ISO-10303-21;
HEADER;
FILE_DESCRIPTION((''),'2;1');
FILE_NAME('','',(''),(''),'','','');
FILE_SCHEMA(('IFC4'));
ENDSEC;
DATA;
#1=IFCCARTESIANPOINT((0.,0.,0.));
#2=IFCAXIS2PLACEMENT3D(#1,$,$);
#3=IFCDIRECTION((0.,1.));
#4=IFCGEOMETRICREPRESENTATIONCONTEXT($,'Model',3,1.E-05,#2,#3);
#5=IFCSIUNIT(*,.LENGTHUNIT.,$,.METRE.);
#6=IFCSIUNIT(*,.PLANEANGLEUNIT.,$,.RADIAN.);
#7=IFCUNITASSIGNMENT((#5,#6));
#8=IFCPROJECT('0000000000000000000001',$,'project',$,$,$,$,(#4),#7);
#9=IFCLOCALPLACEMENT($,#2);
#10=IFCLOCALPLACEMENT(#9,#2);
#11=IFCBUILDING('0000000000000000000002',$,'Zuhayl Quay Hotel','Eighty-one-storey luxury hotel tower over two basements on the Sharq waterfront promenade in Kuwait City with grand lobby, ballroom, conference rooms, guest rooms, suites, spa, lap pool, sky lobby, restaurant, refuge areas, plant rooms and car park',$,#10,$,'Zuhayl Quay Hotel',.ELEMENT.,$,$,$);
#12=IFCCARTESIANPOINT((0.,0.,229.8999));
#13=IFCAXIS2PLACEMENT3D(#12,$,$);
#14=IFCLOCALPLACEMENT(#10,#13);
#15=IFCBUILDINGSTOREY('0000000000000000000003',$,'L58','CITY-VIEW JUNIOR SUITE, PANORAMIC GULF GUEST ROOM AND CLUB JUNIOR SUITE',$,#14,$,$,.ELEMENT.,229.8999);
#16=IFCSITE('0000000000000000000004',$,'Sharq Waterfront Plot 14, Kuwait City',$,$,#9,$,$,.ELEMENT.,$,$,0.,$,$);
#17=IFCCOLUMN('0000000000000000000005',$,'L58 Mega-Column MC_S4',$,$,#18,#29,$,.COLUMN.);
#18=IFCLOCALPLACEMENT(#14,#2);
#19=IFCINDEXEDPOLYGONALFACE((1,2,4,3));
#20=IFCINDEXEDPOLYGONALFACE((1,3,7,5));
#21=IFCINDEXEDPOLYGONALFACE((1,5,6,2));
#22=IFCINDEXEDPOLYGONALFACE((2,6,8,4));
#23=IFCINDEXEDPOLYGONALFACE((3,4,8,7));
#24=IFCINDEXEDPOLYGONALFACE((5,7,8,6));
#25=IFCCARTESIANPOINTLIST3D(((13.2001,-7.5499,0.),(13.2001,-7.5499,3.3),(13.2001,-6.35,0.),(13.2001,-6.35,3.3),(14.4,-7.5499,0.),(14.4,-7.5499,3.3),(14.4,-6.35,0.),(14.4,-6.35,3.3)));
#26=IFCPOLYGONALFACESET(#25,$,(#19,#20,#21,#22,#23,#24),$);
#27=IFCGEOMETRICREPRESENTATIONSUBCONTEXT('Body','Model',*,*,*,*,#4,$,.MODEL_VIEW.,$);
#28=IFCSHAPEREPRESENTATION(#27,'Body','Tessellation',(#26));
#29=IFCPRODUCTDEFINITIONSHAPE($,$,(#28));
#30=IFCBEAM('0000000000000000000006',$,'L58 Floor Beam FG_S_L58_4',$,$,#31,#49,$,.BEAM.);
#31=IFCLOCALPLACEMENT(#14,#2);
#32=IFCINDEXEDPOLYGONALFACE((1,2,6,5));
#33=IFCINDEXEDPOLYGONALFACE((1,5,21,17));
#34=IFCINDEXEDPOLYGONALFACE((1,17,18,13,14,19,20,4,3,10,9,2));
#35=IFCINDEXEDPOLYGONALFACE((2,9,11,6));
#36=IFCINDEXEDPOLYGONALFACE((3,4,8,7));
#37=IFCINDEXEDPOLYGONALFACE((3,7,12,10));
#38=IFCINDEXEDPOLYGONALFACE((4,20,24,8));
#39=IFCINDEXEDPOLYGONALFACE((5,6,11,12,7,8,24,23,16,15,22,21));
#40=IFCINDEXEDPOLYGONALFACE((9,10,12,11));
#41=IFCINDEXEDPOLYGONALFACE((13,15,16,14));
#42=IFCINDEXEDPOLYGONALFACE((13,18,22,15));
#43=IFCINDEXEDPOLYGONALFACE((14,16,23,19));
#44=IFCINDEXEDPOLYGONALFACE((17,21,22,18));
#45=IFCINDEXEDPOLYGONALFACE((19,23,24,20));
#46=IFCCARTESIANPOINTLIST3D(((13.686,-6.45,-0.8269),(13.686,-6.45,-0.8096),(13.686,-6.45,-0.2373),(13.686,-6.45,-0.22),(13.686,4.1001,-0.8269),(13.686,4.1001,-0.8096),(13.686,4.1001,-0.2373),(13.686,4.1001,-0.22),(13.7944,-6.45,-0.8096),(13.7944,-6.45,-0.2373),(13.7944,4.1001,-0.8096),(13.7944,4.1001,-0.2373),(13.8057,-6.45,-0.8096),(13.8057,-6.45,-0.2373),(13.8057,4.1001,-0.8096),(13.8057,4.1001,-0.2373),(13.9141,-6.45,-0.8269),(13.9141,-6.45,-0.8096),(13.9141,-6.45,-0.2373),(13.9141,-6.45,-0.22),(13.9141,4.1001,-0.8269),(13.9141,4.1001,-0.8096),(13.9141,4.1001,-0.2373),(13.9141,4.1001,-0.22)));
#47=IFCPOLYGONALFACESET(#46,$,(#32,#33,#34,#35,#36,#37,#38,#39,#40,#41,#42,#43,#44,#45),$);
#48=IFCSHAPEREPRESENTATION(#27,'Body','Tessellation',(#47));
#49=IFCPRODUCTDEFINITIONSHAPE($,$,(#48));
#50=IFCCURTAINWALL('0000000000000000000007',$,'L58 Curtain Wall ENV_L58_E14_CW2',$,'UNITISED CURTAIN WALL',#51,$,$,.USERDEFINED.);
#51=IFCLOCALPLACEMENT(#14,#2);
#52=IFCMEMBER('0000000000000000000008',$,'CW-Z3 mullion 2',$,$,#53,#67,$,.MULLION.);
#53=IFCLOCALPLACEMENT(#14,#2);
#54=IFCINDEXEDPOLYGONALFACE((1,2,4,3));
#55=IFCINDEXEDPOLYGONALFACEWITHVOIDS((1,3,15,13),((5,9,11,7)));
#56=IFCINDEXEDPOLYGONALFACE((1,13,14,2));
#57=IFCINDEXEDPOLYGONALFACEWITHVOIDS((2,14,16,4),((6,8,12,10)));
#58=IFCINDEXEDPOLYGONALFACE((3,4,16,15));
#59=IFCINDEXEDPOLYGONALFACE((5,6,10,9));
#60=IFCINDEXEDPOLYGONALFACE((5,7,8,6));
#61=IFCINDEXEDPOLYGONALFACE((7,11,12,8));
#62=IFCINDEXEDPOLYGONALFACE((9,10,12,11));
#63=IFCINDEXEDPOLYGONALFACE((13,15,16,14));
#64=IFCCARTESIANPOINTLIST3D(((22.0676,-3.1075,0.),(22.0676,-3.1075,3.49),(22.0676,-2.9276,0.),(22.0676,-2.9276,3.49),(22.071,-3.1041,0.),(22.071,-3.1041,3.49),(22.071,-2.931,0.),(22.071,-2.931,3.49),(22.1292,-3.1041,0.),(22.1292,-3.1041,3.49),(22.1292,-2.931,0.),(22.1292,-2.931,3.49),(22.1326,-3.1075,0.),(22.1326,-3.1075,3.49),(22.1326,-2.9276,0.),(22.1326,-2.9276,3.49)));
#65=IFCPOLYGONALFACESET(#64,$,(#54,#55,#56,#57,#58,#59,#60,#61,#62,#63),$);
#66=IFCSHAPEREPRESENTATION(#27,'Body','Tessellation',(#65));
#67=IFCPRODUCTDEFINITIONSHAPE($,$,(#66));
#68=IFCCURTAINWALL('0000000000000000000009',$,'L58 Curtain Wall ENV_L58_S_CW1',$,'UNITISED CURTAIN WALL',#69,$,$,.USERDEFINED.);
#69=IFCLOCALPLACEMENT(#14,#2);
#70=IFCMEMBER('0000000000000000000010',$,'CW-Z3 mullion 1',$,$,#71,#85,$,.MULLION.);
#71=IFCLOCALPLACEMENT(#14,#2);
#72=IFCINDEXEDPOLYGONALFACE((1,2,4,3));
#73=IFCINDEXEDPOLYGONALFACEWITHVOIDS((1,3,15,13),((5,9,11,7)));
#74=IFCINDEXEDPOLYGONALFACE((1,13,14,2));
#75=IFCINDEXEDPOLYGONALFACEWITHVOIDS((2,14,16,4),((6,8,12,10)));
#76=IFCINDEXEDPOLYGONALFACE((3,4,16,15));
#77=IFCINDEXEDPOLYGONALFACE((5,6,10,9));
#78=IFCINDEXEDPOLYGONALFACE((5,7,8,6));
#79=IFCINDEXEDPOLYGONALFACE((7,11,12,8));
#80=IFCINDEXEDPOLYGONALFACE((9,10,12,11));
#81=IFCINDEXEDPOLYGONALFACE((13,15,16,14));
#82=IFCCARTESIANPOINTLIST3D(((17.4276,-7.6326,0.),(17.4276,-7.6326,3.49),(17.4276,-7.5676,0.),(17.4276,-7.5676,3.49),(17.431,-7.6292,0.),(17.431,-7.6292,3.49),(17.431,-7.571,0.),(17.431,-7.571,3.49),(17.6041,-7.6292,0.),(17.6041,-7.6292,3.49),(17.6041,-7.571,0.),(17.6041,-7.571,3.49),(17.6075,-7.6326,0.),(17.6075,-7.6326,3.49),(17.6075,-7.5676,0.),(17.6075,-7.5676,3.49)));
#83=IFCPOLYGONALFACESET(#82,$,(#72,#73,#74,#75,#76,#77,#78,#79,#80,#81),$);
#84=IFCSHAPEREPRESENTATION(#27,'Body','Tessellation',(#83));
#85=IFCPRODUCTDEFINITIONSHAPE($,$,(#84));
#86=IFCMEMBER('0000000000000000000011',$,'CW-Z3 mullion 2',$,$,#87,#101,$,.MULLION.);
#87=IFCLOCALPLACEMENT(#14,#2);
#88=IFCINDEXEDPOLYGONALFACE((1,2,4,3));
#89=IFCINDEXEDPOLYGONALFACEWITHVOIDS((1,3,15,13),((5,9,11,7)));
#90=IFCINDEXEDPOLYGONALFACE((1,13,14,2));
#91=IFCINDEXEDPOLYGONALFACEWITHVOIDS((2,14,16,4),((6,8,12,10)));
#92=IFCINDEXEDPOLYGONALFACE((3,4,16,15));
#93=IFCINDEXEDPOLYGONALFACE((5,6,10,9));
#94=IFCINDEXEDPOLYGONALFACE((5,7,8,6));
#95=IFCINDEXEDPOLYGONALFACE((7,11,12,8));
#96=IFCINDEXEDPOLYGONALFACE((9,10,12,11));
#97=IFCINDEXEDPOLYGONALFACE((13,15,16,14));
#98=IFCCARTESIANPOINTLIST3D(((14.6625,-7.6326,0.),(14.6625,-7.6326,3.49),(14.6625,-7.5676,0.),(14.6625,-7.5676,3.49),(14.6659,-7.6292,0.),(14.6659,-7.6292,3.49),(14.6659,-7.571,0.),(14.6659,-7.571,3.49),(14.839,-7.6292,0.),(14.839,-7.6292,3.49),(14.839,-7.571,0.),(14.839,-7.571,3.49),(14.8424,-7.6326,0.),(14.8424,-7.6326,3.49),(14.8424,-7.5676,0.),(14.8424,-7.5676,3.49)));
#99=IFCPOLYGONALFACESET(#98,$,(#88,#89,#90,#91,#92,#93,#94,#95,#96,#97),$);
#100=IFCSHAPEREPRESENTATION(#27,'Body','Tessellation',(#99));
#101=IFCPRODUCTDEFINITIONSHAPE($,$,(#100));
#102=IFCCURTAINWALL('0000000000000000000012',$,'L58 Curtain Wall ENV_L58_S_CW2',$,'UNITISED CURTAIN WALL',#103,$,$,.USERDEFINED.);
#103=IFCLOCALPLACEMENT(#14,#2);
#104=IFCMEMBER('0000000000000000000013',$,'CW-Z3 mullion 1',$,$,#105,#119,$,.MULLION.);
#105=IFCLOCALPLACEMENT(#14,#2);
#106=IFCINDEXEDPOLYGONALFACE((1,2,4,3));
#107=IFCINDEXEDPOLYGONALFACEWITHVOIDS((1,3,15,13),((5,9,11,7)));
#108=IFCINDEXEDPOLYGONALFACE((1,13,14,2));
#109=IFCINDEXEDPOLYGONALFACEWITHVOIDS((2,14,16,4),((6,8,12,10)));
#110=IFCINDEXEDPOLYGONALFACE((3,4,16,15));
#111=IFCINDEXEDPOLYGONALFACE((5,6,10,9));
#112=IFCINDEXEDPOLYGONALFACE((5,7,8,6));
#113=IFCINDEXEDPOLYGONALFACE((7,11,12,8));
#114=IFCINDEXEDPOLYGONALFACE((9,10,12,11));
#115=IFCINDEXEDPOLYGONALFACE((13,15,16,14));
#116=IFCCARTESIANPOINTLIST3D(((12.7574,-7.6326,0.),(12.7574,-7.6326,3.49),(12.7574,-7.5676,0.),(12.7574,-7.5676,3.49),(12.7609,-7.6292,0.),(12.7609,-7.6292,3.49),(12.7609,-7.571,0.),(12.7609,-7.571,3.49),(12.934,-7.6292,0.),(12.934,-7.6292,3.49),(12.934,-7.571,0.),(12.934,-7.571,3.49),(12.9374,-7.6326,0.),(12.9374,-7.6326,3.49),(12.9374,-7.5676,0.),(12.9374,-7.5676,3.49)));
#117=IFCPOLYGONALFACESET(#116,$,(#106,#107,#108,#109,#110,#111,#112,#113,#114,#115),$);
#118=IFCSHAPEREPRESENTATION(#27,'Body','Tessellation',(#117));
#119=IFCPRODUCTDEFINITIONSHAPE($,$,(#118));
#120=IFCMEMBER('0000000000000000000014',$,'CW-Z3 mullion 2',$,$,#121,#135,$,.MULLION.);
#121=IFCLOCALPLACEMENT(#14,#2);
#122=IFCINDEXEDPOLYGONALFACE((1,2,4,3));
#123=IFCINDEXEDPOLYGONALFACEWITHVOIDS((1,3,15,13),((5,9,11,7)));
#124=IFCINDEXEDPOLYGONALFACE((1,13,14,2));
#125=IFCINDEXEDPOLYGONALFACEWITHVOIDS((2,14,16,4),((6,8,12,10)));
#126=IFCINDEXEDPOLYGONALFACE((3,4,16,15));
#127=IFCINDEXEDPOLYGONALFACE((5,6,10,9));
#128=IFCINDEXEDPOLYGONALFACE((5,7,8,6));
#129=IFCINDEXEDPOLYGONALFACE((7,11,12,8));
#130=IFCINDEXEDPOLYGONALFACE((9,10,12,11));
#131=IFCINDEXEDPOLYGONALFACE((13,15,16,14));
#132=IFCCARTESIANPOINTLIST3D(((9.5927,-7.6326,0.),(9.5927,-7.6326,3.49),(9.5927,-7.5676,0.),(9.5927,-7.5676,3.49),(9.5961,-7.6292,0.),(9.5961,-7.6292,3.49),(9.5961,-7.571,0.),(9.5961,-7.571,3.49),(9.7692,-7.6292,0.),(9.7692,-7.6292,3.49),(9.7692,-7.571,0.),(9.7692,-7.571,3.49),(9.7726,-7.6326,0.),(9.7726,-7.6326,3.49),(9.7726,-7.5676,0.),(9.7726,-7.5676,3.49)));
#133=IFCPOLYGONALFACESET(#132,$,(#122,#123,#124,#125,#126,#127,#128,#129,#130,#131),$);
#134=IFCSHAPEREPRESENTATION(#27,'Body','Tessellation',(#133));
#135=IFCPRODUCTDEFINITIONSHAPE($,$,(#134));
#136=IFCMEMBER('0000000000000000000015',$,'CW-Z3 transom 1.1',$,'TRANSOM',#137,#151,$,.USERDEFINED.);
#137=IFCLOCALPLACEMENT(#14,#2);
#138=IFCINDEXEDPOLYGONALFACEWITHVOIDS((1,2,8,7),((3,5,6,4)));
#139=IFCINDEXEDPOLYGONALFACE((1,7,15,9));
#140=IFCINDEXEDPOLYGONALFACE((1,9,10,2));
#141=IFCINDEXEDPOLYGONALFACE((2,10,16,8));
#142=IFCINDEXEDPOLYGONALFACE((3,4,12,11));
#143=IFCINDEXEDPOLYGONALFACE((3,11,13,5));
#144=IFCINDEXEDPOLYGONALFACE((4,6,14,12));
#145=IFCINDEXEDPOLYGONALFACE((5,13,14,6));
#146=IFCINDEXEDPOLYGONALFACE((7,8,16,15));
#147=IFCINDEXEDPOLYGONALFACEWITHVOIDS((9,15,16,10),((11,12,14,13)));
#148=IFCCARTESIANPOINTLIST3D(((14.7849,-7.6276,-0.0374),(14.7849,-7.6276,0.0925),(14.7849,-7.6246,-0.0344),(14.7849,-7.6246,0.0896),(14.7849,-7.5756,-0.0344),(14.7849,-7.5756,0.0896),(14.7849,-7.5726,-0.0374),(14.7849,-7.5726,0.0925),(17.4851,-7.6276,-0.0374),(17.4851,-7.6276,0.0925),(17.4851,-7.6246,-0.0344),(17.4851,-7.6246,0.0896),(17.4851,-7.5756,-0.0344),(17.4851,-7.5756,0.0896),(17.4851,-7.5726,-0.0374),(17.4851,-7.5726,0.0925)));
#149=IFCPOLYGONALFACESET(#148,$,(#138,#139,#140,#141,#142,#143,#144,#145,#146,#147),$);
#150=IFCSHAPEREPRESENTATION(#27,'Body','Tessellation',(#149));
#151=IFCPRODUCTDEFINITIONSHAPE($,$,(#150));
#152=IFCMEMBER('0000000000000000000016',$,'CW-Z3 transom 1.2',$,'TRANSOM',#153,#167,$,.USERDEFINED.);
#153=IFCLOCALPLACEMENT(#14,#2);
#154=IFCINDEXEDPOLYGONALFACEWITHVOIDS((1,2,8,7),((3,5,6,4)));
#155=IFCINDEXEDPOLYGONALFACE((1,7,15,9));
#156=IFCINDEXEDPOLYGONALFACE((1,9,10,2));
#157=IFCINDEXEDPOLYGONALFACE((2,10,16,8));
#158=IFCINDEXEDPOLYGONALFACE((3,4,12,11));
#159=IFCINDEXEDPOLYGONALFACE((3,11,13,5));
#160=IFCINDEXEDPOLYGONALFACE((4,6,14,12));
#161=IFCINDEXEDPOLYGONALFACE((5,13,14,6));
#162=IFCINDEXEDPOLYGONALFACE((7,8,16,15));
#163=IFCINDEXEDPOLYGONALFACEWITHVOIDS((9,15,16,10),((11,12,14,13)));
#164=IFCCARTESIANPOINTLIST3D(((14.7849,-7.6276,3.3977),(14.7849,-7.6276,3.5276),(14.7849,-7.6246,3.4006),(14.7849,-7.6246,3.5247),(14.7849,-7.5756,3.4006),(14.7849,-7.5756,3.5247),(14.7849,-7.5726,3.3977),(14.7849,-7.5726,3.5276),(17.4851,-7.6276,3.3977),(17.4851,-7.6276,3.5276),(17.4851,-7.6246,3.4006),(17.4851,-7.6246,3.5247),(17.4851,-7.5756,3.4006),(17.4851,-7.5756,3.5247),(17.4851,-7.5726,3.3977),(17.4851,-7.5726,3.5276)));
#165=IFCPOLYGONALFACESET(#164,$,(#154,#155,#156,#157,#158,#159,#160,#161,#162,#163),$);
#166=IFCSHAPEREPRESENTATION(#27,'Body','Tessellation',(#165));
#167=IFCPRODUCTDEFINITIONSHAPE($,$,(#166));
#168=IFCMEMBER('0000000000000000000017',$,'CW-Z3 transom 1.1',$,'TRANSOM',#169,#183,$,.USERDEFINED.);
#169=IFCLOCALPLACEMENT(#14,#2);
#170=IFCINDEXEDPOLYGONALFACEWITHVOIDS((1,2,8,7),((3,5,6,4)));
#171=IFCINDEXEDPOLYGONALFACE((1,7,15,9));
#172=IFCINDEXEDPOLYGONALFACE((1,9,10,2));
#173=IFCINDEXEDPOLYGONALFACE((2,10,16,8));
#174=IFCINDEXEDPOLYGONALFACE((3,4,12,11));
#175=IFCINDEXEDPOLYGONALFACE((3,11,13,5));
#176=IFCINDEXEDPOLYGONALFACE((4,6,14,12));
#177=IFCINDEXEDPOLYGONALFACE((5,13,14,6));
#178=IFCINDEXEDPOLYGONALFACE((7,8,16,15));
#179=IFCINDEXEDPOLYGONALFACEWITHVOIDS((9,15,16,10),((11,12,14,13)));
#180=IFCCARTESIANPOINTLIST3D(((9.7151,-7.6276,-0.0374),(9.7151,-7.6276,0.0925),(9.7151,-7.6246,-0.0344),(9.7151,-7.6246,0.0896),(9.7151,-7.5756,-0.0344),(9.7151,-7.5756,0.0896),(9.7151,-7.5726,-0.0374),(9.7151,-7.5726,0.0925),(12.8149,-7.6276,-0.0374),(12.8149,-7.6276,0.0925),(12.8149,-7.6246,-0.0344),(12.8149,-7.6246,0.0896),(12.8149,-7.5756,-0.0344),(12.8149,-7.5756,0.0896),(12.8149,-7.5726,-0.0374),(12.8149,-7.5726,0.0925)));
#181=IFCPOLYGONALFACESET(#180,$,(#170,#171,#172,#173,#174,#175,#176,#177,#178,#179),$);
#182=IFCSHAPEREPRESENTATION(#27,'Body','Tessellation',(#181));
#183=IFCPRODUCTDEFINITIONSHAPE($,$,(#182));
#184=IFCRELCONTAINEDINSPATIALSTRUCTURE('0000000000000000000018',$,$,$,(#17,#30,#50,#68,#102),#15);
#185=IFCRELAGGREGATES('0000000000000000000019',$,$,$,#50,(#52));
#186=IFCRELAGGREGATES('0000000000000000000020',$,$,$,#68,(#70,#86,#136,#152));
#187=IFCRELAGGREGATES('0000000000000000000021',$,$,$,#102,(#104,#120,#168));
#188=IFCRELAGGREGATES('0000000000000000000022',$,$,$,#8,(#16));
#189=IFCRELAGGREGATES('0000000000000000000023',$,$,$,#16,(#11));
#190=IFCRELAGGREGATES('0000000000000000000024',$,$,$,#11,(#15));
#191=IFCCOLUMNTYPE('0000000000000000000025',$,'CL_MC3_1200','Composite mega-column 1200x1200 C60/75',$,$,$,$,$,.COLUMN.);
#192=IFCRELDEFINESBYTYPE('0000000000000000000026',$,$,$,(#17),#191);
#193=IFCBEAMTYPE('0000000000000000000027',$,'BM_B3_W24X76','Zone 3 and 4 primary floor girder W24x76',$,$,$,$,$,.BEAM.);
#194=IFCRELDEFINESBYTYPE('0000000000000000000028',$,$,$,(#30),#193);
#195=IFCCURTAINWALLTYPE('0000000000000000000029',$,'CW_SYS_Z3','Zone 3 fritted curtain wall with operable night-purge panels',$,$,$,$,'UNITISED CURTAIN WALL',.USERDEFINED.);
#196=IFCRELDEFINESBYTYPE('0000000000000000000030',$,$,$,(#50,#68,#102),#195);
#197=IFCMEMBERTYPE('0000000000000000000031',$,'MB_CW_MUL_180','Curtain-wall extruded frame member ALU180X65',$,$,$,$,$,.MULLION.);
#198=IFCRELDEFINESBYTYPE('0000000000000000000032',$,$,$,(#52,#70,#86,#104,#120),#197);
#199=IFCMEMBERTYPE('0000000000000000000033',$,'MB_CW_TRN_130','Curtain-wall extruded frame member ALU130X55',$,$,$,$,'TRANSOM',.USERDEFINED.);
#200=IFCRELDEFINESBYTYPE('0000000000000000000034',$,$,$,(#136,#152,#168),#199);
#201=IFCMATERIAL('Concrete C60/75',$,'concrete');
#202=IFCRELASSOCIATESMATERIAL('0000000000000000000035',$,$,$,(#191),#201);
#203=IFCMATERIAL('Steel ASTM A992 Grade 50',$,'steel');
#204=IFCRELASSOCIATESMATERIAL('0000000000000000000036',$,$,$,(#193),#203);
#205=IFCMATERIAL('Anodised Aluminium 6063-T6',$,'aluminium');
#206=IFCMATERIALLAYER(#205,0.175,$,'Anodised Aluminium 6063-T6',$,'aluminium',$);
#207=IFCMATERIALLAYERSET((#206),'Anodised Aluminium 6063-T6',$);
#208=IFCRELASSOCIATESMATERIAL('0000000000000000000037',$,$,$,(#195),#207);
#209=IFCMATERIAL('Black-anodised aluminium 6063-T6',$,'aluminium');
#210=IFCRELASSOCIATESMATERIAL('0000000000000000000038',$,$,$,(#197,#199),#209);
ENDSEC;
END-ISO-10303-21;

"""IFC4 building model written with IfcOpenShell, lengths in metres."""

from ifc_helpers import new_model, si_unit, direction, frame, origin, origin_2d, place, context, subcontext, project, spatial, rectangle, hollow_rectangle, i_section, extrude, material, layer, layer_set, material_profile, profile_set, type_object, element, aggregate, save


model = new_model("IFC4")

# Units and contexts
model_context = context("Model", 3, precision=1e-05, world=origin(), true_north=direction((0.0, 1.0)))
body_context = subcontext(model_context, "Body", "Model", "MODEL_VIEW")
ifc_project = project(units=[si_unit("LENGTHUNIT", "METRE"), si_unit("PLANEANGLEUNIT", "RADIAN")], contexts=[model_context])

# Site, building, storey
site_placement = place(None, origin())
site = spatial("IfcSite", under=ifc_project, at=site_placement, Name="Sharq Waterfront Plot 14, Kuwait City", CompositionType="ELEMENT", RefElevation=0.0)
building_placement = place(site_placement, origin())
building = spatial("IfcBuilding", under=site, at=building_placement, Name="Zuhayl Quay Hotel", Description="Eighty-one-storey luxury hotel tower over two basements on the Sharq waterfront promenade in Kuwait City with grand lobby, ballroom, conference rooms, guest rooms, suites, spa, lap pool, sky lobby, restaurant, refuge areas, plant rooms and car park", LongName="Zuhayl Quay Hotel", CompositionType="ELEMENT")
storey_placement = place(building_placement, frame((0.0, 0.0, 229.8999)))
storey = spatial("IfcBuildingStorey", under=building, at=storey_placement, Name="L58", Description="CITY-VIEW JUNIOR SUITE, PANORAMIC GULF GUEST ROOM AND CLUB JUNIOR SUITE", CompositionType="ELEMENT", Elevation=229.8999)

# Column
ifc_material_1 = material(Name="Concrete C60/75", Category="concrete")
ifc_material_profile_1 = material_profile(ifc_material_1, rectangle(XDim=1.2, YDim=1.2, at=origin_2d()), Name="RC1200X1200")
ifc_profile_set_1 = profile_set([ifc_material_profile_1], Name="Concrete C60/75")
column_type = type_object("IfcColumnType", Name="CL_MC3_1200", Description="Composite mega-column 1200x1200 C60/75", PredefinedType="COLUMN", material=ifc_profile_set_1)
column_placement = place(storey_placement, frame((13.8, -6.95, 0.0), z_axis=(0.0, 0.0, 1.0), x_axis=(1.0, 0.0, 0.0)))
element("IfcColumn", 1, at=column_placement, inside=storey, type_object=column_type, Name="L58 Mega-Column MC_S4", PredefinedType="COLUMN", context=body_context, shape_type="SweptSolid", body=[
    extrude(rectangle(XDim=1.2, YDim=1.2, at=origin_2d()), origin(), (0.0, 0.0, 1.0), 3.3),
])

# Beam
ifc_material_2 = material(Name="Steel ASTM A992 Grade 50", Category="steel")
ifc_material_profile_2 = material_profile(ifc_material_2, i_section(OverallWidth=0.228, OverallDepth=0.6069, WebThickness=0.0112, FlangeThickness=0.0173, at=origin_2d()), Name="W24X76")
ifc_profile_set_2 = profile_set([ifc_material_profile_2], Name="Steel ASTM A992 Grade 50")
beam_type = type_object("IfcBeamType", Name="BM_B3_W24X76", Description="Zone 3 and 4 primary floor girder W24x76", PredefinedType="BEAM", material=ifc_profile_set_2)
beam_placement = place(storey_placement, frame((13.8, -6.45, -0.5234), z_axis=(0.0, 1.0, 0.0), x_axis=(-1.0, 0.0, 0.0)))
element("IfcBeam", 2, at=beam_placement, inside=storey, type_object=beam_type, Name="L58 Floor Beam FG_S_L58_4", PredefinedType="BEAM", context=body_context, shape_type="SweptSolid", body=[
    extrude(i_section(OverallWidth=0.228, OverallDepth=0.6069, WebThickness=0.0112, FlangeThickness=0.0173, at=origin_2d()), origin(), (0.0, 0.0, 1.0), 10.55),
])

# Curtain wall, member
ifc_material_3 = material(Name="Anodised Aluminium 6063-T6", Category="aluminium")
ifc_layer_1 = layer(ifc_material_3, 0.175, Name="Anodised Aluminium 6063-T6", Category="aluminium")
ifc_layer_set_1 = layer_set([ifc_layer_1], Name="Anodised Aluminium 6063-T6")
curtain_wall_type = type_object("IfcCurtainWallType", Name="CW_SYS_Z3", Description="Zone 3 fritted curtain wall with operable night-purge panels", ElementType="UNITISED CURTAIN WALL", PredefinedType="USERDEFINED", material=ifc_layer_set_1)
curtain_wall_1_placement = place(storey_placement, origin())
curtain_wall_1 = element("IfcCurtainWall", 3, at=curtain_wall_1_placement, inside=storey, type_object=curtain_wall_type, Name="L58 Curtain Wall ENV_L58_E14_CW2", ObjectType="UNITISED CURTAIN WALL", PredefinedType="USERDEFINED")
ifc_material_4 = material(Name="Black-anodised aluminium 6063-T6", Category="aluminium")
ifc_material_profile_3 = material_profile(ifc_material_4, hollow_rectangle(XDim=0.0649, YDim=0.1799, WallThickness=0.0034, at=origin_2d()), Name="ALU180X65")
ifc_profile_set_3 = profile_set([ifc_material_profile_3], Name="Black-anodised aluminium 6063-T6")
member_type_1 = type_object("IfcMemberType", Name="MB_CW_MUL_180", Description="Curtain-wall extruded frame member ALU180X65", PredefinedType="MULLION", material=ifc_profile_set_3)
member_1_placement = place(storey_placement, frame((22.1001, -3.0176, 0.0), z_axis=(0.0, 0.0, 1.0), x_axis=(1.0, 0.0, 0.0)))
member_1 = element("IfcMember", 4, at=member_1_placement, type_object=member_type_1, Name="CW-Z3 mullion 2", PredefinedType="MULLION", context=body_context, shape_type="SweptSolid", body=[
    extrude(hollow_rectangle(XDim=0.0649, YDim=0.1799, WallThickness=0.0034, at=origin_2d()), origin(), (0.0, 0.0, 1.0), 3.49),
])

# Curtain walls, members
curtain_wall_2_placement = place(storey_placement, origin())
curtain_wall_2 = element("IfcCurtainWall", 5, at=curtain_wall_2_placement, inside=storey, type_object=curtain_wall_type, Name="L58 Curtain Wall ENV_L58_S_CW1", ObjectType="UNITISED CURTAIN WALL", PredefinedType="USERDEFINED")
member_2_placement = place(storey_placement, frame((17.5176, -7.6001, 0.0), z_axis=(0.0, 0.0, 1.0), x_axis=(0.0, -1.0, 0.0)))
member_2 = element("IfcMember", 6, at=member_2_placement, type_object=member_type_1, Name="CW-Z3 mullion 1", PredefinedType="MULLION", context=body_context, shape_type="SweptSolid", body=[
    extrude(hollow_rectangle(XDim=0.0649, YDim=0.1799, WallThickness=0.0034, at=origin_2d()), origin(), (0.0, 0.0, 1.0), 3.49),
])
member_3_placement = place(storey_placement, frame((14.7524, -7.6001, 0.0), z_axis=(0.0, 0.0, 1.0), x_axis=(0.0, -1.0, 0.0)))
member_3 = element("IfcMember", 7, at=member_3_placement, type_object=member_type_1, Name="CW-Z3 mullion 2", PredefinedType="MULLION", context=body_context, shape_type="SweptSolid", body=[
    extrude(hollow_rectangle(XDim=0.0649, YDim=0.1799, WallThickness=0.0034, at=origin_2d()), origin(), (0.0, 0.0, 1.0), 3.49),
])
curtain_wall_3_placement = place(storey_placement, origin())
curtain_wall_3 = element("IfcCurtainWall", 8, at=curtain_wall_3_placement, inside=storey, type_object=curtain_wall_type, Name="L58 Curtain Wall ENV_L58_S_CW2", ObjectType="UNITISED CURTAIN WALL", PredefinedType="USERDEFINED")
member_4_placement = place(storey_placement, frame((12.8474, -7.6001, 0.0), z_axis=(0.0, 0.0, 1.0), x_axis=(0.0, -1.0, 0.0)))
member_4 = element("IfcMember", 9, at=member_4_placement, type_object=member_type_1, Name="CW-Z3 mullion 1", PredefinedType="MULLION", context=body_context, shape_type="SweptSolid", body=[
    extrude(hollow_rectangle(XDim=0.0649, YDim=0.1799, WallThickness=0.0034, at=origin_2d()), origin(), (0.0, 0.0, 1.0), 3.49),
])
member_5_placement = place(storey_placement, frame((9.6826, -7.6001, 0.0), z_axis=(0.0, 0.0, 1.0), x_axis=(0.0, -1.0, 0.0)))
member_5 = element("IfcMember", 10, at=member_5_placement, type_object=member_type_1, Name="CW-Z3 mullion 2", PredefinedType="MULLION", context=body_context, shape_type="SweptSolid", body=[
    extrude(hollow_rectangle(XDim=0.0649, YDim=0.1799, WallThickness=0.0034, at=origin_2d()), origin(), (0.0, 0.0, 1.0), 3.49),
])

# Members
ifc_material_profile_4 = material_profile(ifc_material_4, hollow_rectangle(XDim=0.0549, YDim=0.1299, WallThickness=0.0029, at=origin_2d()), Name="ALU130X55")
ifc_profile_set_4 = profile_set([ifc_material_profile_4], Name="Black-anodised aluminium 6063-T6")
member_type_2 = type_object("IfcMemberType", Name="MB_CW_TRN_130", Description="Curtain-wall extruded frame member ALU130X55", ElementType="TRANSOM", PredefinedType="USERDEFINED", material=ifc_profile_set_4)
member_6_placement = place(storey_placement, frame((17.4851, -7.6001, 0.0276), z_axis=(-1.0, 0.0, 0.0), x_axis=(0.0, -1.0, 0.0)))
member_6 = element("IfcMember", 11, at=member_6_placement, type_object=member_type_2, Name="CW-Z3 transom 1.1", ObjectType="TRANSOM", PredefinedType="USERDEFINED", context=body_context, shape_type="SweptSolid", body=[
    extrude(hollow_rectangle(XDim=0.0549, YDim=0.1299, WallThickness=0.0029, at=origin_2d()), origin(), (0.0, 0.0, 1.0), 2.7002),
])
member_7_placement = place(storey_placement, frame((17.4851, -7.6001, 3.4626), z_axis=(-1.0, 0.0, 0.0), x_axis=(0.0, -1.0, 0.0)))
member_7 = element("IfcMember", 12, at=member_7_placement, type_object=member_type_2, Name="CW-Z3 transom 1.2", ObjectType="TRANSOM", PredefinedType="USERDEFINED", context=body_context, shape_type="SweptSolid", body=[
    extrude(hollow_rectangle(XDim=0.0549, YDim=0.1299, WallThickness=0.0029, at=origin_2d()), origin(), (0.0, 0.0, 1.0), 2.7002),
])
member_8_placement = place(storey_placement, frame((12.8149, -7.6001, 0.0276), z_axis=(-1.0, 0.0, 0.0), x_axis=(0.0, -1.0, 0.0)))
member_8 = element("IfcMember", 13, at=member_8_placement, type_object=member_type_2, Name="CW-Z3 transom 1.1", ObjectType="TRANSOM", PredefinedType="USERDEFINED", context=body_context, shape_type="SweptSolid", body=[
    extrude(hollow_rectangle(XDim=0.0549, YDim=0.1299, WallThickness=0.0029, at=origin_2d()), origin(), (0.0, 0.0, 1.0), 3.0999),
])

aggregate(curtain_wall_1, [member_1])
aggregate(curtain_wall_2, [member_2, member_3, member_6, member_7])
aggregate(curtain_wall_3, [member_4, member_5, member_8])

save(model, "model.ifc")
